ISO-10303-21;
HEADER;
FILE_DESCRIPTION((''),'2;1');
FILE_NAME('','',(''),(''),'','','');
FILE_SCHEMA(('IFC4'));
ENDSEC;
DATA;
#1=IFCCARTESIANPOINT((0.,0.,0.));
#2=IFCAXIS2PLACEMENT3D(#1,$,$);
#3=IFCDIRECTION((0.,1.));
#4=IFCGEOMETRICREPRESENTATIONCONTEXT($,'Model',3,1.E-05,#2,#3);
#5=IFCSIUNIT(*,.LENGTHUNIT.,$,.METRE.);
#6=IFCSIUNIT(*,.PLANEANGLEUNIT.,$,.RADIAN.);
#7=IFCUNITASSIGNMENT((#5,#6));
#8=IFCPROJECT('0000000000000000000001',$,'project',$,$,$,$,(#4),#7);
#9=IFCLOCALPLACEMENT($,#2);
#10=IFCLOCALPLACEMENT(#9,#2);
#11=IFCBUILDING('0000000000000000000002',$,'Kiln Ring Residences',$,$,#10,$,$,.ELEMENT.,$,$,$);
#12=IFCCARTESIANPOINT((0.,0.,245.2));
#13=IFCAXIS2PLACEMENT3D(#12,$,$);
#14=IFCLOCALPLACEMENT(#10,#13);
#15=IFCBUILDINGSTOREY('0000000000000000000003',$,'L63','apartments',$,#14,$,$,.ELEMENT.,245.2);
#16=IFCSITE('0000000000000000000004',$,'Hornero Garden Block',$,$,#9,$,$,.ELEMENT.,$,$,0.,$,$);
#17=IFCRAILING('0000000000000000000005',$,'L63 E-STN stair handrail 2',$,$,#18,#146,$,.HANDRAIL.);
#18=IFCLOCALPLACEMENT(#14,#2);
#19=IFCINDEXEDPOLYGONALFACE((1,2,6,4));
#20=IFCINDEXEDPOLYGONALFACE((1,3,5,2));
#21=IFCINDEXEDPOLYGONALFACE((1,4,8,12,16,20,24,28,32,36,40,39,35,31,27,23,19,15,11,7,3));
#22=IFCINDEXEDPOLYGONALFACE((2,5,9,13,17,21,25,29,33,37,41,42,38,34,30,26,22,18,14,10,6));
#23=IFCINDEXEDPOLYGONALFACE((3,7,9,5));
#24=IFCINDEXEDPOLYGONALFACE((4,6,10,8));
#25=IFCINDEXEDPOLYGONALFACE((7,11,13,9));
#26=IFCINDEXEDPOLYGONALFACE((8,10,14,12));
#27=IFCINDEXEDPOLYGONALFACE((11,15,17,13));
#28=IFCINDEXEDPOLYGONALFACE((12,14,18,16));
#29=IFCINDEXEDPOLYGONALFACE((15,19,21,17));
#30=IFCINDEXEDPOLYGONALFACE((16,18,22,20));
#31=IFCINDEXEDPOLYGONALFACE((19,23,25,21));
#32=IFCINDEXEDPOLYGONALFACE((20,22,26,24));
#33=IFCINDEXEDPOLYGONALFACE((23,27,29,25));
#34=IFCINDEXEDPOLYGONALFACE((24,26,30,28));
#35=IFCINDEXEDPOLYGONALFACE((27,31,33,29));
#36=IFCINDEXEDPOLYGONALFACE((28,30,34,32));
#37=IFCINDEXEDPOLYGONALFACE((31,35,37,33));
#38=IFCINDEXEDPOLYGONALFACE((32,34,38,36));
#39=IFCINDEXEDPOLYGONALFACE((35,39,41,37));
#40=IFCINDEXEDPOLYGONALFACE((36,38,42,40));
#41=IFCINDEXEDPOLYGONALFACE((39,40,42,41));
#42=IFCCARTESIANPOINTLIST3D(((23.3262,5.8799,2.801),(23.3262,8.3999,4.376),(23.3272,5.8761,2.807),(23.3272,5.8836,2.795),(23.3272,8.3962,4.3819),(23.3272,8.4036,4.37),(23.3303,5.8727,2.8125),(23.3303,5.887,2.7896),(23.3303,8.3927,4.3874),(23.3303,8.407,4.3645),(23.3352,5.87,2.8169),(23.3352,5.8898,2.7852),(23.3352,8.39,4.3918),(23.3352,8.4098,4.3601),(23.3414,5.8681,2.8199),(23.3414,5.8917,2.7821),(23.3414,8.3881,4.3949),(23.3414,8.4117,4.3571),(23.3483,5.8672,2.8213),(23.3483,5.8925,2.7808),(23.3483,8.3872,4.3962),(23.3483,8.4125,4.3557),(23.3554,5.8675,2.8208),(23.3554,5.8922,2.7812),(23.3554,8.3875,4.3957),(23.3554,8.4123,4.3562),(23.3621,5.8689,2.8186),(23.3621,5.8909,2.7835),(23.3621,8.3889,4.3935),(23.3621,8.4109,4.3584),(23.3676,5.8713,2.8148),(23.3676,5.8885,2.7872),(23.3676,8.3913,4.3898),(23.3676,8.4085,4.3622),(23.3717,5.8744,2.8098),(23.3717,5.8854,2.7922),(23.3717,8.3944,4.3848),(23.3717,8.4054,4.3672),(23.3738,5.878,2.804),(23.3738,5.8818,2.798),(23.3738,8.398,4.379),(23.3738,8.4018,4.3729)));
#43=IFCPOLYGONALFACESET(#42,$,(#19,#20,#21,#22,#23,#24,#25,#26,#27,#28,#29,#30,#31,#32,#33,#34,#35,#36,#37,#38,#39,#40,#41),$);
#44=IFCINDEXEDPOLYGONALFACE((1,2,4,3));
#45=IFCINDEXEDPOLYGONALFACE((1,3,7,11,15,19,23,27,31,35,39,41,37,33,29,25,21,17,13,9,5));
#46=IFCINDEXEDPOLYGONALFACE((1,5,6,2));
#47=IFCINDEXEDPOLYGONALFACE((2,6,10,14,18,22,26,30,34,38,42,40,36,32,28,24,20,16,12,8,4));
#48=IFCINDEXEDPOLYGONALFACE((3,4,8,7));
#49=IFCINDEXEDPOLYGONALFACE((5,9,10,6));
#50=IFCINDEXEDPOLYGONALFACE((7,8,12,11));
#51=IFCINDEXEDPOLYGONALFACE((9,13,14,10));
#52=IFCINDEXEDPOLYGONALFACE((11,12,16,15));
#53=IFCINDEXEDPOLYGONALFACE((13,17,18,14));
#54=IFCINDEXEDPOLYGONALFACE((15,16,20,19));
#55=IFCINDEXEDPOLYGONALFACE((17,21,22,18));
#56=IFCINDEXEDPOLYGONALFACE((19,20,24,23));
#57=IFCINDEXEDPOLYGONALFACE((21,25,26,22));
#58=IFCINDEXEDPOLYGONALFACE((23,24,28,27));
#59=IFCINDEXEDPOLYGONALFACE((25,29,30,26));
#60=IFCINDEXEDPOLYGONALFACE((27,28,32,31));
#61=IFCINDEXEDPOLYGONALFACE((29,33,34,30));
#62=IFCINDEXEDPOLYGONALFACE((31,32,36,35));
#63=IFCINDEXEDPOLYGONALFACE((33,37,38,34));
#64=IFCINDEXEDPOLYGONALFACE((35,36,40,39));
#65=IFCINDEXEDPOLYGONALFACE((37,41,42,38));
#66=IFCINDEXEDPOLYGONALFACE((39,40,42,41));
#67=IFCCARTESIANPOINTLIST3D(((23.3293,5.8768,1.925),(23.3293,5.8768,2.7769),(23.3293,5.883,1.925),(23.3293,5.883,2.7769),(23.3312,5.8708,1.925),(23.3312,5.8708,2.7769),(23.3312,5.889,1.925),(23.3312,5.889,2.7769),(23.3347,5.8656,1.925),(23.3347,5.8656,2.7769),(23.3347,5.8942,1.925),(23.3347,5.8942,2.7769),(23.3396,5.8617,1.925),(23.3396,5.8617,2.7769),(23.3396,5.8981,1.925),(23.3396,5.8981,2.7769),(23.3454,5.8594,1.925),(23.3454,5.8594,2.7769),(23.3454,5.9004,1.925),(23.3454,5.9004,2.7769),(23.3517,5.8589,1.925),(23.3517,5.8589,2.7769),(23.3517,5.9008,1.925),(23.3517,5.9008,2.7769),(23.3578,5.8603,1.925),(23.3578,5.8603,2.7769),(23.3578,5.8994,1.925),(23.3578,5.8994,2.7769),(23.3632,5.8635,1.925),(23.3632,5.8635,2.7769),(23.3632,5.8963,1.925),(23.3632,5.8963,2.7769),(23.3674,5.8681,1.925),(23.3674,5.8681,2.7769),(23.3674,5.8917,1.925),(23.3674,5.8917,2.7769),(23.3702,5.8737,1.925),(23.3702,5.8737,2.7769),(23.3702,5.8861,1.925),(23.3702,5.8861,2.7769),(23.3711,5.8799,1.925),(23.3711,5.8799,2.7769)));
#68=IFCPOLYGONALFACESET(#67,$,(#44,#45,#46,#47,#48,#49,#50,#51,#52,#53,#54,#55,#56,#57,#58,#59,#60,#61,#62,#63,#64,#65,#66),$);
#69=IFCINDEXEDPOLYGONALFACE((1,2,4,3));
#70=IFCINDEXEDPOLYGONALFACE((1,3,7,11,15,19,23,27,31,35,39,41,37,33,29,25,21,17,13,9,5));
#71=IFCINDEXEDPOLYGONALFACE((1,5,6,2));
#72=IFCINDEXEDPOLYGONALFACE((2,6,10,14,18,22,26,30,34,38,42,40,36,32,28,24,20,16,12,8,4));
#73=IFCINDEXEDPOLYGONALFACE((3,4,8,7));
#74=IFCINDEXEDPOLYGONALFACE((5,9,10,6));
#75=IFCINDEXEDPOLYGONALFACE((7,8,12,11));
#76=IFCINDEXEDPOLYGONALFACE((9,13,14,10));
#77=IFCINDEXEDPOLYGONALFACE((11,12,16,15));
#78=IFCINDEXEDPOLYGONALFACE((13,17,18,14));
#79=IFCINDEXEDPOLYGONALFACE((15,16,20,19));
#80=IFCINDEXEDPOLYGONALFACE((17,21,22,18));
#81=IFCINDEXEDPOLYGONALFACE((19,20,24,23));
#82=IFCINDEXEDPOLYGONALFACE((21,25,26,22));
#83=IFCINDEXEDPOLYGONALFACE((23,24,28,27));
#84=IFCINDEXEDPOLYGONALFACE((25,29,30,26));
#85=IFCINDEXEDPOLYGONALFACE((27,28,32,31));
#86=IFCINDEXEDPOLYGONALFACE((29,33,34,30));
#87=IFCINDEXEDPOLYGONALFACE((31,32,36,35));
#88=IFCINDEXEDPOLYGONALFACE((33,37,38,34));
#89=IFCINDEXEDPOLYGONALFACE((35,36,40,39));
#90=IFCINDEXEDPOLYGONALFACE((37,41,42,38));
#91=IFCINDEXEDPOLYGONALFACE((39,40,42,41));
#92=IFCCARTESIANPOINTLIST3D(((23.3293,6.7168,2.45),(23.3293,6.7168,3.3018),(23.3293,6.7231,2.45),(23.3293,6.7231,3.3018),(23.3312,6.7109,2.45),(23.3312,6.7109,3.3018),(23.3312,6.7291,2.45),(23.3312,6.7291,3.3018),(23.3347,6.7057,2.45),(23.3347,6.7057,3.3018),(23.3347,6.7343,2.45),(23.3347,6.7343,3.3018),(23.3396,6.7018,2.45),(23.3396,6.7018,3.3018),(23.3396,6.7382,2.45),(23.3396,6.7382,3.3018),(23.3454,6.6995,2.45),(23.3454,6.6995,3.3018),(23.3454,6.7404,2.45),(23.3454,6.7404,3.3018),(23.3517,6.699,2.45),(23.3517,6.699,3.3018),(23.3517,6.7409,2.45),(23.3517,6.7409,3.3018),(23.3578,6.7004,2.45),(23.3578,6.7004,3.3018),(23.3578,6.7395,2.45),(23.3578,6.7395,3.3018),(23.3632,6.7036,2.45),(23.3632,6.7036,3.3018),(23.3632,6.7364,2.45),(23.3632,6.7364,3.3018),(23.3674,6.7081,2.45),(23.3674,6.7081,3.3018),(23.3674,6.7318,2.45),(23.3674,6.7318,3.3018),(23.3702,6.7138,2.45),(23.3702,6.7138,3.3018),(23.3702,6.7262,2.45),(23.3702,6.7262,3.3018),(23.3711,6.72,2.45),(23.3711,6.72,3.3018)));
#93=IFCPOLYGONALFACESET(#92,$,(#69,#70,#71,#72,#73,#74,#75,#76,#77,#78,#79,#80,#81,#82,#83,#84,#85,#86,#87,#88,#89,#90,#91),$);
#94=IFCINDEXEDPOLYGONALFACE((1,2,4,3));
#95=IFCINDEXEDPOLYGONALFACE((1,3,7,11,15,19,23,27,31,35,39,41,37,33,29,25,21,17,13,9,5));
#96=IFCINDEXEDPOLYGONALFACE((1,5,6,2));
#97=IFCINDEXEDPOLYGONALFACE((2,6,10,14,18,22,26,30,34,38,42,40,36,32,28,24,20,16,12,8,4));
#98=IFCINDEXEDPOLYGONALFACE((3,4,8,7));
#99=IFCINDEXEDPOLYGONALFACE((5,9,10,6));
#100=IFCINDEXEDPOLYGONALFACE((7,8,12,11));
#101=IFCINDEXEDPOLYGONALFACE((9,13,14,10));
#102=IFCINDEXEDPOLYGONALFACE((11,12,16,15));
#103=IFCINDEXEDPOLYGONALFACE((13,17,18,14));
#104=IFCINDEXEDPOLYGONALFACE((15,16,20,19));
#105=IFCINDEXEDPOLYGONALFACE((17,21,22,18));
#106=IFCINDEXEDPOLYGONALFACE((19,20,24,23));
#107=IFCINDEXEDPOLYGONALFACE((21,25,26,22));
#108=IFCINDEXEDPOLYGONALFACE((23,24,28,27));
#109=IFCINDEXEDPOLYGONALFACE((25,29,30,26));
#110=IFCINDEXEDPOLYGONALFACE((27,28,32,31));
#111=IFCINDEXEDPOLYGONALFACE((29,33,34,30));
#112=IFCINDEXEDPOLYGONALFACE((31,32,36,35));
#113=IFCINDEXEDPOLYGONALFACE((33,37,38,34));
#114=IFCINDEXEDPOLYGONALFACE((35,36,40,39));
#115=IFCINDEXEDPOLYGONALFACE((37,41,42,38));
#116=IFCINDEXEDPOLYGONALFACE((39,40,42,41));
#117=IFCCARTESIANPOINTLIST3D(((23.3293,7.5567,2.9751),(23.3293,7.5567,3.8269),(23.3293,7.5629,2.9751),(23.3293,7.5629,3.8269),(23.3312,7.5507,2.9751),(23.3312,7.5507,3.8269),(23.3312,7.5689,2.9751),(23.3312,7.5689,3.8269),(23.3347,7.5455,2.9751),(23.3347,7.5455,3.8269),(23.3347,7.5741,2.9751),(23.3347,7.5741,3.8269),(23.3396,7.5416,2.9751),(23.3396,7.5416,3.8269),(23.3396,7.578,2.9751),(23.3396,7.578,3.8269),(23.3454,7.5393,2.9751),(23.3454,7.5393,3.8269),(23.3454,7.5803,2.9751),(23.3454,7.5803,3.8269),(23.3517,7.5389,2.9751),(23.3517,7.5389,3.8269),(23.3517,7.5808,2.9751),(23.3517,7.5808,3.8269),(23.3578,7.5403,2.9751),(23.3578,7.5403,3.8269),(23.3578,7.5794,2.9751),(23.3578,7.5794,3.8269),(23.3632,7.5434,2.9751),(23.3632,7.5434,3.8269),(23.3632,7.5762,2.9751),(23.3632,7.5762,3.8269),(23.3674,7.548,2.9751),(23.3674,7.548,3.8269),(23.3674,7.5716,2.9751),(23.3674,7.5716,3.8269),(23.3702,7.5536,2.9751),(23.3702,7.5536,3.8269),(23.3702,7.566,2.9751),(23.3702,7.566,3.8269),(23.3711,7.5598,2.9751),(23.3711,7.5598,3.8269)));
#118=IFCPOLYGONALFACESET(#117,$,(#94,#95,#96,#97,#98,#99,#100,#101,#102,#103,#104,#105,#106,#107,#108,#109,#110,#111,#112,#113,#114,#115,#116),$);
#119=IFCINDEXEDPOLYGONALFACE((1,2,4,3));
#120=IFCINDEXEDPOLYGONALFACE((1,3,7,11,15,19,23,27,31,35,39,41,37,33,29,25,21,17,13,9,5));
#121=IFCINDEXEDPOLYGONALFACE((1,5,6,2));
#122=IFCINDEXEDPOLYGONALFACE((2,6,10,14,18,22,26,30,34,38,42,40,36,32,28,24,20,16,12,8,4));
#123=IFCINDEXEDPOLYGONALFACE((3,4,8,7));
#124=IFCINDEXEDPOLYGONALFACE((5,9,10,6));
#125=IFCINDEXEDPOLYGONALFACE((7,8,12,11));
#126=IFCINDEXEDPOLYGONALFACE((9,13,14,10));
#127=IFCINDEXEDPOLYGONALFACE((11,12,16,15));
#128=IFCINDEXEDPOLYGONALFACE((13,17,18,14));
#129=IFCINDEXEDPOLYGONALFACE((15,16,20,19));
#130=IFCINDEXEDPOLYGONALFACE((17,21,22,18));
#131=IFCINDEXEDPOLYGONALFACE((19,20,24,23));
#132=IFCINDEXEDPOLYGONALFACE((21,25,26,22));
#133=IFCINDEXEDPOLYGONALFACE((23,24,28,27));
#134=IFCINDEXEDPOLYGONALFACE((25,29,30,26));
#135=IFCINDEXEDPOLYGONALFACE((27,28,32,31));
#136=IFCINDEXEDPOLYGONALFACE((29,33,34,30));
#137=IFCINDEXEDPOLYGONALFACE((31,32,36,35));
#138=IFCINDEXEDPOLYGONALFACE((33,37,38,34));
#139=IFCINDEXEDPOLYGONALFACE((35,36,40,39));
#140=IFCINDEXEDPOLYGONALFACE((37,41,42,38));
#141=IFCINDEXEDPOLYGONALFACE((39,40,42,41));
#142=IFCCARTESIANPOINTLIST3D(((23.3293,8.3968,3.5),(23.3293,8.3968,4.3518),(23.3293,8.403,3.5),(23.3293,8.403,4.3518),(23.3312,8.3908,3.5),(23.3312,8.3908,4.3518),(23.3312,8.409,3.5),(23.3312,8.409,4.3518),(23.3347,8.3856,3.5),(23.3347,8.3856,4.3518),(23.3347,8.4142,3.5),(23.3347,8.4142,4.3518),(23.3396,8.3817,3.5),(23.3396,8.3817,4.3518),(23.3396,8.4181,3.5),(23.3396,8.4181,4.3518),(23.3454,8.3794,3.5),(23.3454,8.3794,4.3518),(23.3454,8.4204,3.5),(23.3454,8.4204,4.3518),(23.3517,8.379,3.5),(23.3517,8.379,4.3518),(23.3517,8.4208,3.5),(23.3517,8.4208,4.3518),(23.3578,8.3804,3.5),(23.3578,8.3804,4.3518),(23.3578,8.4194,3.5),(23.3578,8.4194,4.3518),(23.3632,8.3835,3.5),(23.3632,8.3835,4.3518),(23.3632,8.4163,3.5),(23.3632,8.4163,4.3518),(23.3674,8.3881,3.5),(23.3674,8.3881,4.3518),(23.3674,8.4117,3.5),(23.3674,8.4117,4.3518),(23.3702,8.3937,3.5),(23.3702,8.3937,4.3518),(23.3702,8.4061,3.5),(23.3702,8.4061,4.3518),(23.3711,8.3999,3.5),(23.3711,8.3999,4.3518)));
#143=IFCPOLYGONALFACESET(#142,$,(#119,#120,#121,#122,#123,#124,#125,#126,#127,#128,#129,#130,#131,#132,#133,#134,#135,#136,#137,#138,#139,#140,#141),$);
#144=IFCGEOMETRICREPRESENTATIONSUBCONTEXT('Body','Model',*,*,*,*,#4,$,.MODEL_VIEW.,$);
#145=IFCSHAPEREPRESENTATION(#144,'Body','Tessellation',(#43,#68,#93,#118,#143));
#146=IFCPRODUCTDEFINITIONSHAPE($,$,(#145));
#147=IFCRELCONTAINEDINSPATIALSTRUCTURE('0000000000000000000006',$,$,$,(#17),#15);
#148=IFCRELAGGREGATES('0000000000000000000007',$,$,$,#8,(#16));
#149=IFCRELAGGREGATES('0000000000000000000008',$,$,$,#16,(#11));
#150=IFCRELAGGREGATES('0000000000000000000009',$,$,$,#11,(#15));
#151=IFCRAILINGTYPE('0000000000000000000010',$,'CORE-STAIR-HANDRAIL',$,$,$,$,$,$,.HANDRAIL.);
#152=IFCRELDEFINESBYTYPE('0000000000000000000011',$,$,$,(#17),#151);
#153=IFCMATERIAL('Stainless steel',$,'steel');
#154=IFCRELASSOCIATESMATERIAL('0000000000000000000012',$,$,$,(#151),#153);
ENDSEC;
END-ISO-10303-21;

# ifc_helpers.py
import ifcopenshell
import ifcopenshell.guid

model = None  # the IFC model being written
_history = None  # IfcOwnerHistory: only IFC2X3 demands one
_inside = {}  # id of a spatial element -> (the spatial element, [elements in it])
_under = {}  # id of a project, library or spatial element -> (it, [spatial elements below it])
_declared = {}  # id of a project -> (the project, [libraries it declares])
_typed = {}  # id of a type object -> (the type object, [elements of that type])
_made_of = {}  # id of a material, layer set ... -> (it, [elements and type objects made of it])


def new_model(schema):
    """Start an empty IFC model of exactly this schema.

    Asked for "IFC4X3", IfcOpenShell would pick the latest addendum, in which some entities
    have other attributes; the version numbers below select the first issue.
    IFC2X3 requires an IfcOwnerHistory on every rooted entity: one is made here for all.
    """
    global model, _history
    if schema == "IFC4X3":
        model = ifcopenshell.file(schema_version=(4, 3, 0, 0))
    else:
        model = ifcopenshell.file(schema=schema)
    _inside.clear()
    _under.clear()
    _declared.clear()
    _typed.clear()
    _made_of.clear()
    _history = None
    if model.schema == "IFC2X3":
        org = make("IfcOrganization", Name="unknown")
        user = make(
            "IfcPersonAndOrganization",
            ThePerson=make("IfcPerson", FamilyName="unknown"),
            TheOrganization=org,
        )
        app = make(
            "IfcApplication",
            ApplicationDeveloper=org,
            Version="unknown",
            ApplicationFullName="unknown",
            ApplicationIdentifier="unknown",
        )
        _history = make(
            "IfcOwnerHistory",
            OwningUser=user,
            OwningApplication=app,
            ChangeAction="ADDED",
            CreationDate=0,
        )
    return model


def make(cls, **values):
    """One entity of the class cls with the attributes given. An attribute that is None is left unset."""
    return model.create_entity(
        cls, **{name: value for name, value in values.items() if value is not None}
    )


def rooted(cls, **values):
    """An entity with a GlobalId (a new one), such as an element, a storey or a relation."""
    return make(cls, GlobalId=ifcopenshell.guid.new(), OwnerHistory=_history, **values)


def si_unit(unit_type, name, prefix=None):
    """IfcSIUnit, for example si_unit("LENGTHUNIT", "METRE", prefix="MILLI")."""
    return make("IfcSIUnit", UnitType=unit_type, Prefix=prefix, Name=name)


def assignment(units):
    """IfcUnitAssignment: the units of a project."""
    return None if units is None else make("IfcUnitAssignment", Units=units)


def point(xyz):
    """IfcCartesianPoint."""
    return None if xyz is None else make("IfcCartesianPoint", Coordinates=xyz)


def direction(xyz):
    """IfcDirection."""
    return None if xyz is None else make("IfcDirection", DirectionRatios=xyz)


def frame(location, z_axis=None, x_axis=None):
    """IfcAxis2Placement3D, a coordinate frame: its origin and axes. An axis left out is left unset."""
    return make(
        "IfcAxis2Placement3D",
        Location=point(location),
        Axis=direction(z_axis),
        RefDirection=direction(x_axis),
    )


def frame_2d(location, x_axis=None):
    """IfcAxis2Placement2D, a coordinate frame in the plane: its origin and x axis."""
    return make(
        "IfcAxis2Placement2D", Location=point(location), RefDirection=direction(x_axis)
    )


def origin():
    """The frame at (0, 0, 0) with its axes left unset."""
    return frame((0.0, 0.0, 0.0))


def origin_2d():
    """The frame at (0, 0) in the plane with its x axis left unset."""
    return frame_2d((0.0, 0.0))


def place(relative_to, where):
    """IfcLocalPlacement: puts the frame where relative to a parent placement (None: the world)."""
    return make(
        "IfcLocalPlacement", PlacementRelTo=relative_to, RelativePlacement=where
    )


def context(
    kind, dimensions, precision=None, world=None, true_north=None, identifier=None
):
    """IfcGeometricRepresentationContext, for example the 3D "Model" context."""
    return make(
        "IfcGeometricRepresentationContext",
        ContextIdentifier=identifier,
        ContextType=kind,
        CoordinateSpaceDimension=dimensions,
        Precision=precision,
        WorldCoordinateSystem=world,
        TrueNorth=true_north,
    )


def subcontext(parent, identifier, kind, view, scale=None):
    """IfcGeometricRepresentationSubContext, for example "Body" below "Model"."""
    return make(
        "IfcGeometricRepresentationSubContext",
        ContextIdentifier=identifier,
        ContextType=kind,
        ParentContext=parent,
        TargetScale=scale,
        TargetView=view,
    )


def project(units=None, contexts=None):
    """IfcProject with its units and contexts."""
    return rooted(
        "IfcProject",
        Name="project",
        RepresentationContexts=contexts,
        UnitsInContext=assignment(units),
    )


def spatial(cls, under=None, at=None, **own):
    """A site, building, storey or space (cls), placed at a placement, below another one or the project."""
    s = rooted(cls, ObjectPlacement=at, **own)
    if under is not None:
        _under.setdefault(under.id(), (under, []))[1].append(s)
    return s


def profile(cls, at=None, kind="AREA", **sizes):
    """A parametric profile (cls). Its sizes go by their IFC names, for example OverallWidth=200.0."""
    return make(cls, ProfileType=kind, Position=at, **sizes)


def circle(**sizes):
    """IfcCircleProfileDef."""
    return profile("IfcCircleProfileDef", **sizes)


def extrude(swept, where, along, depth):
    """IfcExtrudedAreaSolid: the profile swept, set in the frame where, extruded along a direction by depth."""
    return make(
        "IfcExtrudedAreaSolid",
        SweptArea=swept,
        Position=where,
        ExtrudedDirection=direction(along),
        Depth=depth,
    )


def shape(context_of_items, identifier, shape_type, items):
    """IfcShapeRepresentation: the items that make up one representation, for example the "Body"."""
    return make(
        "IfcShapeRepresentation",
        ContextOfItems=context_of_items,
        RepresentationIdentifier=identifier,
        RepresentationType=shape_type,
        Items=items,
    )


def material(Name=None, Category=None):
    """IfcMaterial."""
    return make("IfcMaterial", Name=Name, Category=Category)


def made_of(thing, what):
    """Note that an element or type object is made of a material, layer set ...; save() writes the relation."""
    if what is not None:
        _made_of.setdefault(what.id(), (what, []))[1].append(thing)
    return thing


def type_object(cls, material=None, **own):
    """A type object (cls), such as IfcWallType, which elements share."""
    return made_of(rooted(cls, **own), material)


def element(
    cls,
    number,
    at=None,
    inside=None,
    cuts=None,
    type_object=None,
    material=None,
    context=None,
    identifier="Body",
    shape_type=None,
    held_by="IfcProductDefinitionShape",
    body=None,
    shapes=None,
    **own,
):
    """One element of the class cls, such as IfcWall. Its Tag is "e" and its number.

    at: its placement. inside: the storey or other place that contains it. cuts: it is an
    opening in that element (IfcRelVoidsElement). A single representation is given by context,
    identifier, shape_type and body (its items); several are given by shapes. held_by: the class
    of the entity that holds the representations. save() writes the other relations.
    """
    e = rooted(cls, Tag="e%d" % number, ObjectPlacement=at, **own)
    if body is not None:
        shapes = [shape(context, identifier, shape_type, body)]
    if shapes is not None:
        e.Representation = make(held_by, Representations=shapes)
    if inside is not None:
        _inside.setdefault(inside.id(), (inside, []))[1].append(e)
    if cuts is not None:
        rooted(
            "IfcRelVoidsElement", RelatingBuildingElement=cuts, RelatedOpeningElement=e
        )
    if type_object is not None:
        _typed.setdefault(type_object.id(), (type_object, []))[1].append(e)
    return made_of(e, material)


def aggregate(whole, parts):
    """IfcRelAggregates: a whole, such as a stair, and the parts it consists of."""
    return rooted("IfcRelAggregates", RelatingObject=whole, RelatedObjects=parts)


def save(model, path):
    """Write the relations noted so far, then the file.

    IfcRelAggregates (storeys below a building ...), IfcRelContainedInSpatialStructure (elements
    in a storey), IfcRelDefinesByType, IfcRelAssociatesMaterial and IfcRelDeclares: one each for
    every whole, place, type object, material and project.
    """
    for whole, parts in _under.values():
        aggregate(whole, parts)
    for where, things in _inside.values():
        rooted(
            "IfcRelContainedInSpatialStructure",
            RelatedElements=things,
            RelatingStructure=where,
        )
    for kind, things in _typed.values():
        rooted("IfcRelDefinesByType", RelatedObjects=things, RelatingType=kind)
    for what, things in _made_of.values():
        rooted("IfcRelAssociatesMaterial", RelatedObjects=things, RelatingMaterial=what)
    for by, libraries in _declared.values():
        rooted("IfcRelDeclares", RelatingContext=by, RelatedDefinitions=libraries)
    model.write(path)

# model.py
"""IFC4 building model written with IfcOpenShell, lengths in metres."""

from ifc_helpers import new_model, si_unit, direction, frame, origin, origin_2d, place, context, subcontext, project, spatial, circle, extrude, material, type_object, element, save


model = new_model("IFC4")

# Units and contexts
model_context = context("Model", 3, precision=1e-05, world=origin(), true_north=direction((0.0, 1.0)))
body_context = subcontext(model_context, "Body", "Model", "MODEL_VIEW")
ifc_project = project(units=[si_unit("LENGTHUNIT", "METRE"), si_unit("PLANEANGLEUNIT", "RADIAN")], contexts=[model_context])

# Site, building, storey
site_placement = place(None, origin())
site = spatial("IfcSite", under=ifc_project, at=site_placement, Name="Hornero Garden Block", CompositionType="ELEMENT", RefElevation=0.0)
building_placement = place(site_placement, origin())
building = spatial("IfcBuilding", under=site, at=building_placement, Name="Kiln Ring Residences", CompositionType="ELEMENT")
storey_placement = place(building_placement, frame((0.0, 0.0, 245.2)))
storey = spatial("IfcBuildingStorey", under=building, at=storey_placement, Name="L63", Description="apartments", CompositionType="ELEMENT", Elevation=245.2)

# Railing
ifc_material_1 = material(Name="Stainless steel", Category="steel")
railing_type_1 = type_object("IfcRailingType", Name="CORE-STAIR-HANDRAIL", PredefinedType="HANDRAIL", material=ifc_material_1)
railing_1_placement = place(storey_placement, frame((23.3501, 5.8799, 1.925)))
element("IfcRailing", 1, at=railing_1_placement, inside=storey, type_object=railing_type_1, Name="L63 E-STN stair handrail 2", PredefinedType="HANDRAIL", context=body_context, shape_type="SweptSolid", body=[
    extrude(circle(Radius=0.0239, at=origin_2d()), frame((0.0, 0.0, 0.876), z_axis=(0.0, 0.848008, 0.529984), x_axis=(-1.0, 0.0, 0.0)), (0.0, 0.0, 1.0), 2.9717),
    extrude(circle(Radius=0.021, at=origin_2d()), origin(), (0.0, 0.0, 1.0), 0.8518),
    extrude(circle(Radius=0.021, at=origin_2d()), frame((0.0, 0.8401, 0.5249)), (0.0, 0.0, 1.0), 0.8518),
    extrude(circle(Radius=0.021, at=origin_2d()), frame((0.0, 1.6799, 1.05)), (0.0, 0.0, 1.0), 0.8518),
    extrude(circle(Radius=0.021, at=origin_2d()), frame((0.0, 2.52, 1.575)), (0.0, 0.0, 1.0), 0.8518),
])

save(model, "model.ifc")
